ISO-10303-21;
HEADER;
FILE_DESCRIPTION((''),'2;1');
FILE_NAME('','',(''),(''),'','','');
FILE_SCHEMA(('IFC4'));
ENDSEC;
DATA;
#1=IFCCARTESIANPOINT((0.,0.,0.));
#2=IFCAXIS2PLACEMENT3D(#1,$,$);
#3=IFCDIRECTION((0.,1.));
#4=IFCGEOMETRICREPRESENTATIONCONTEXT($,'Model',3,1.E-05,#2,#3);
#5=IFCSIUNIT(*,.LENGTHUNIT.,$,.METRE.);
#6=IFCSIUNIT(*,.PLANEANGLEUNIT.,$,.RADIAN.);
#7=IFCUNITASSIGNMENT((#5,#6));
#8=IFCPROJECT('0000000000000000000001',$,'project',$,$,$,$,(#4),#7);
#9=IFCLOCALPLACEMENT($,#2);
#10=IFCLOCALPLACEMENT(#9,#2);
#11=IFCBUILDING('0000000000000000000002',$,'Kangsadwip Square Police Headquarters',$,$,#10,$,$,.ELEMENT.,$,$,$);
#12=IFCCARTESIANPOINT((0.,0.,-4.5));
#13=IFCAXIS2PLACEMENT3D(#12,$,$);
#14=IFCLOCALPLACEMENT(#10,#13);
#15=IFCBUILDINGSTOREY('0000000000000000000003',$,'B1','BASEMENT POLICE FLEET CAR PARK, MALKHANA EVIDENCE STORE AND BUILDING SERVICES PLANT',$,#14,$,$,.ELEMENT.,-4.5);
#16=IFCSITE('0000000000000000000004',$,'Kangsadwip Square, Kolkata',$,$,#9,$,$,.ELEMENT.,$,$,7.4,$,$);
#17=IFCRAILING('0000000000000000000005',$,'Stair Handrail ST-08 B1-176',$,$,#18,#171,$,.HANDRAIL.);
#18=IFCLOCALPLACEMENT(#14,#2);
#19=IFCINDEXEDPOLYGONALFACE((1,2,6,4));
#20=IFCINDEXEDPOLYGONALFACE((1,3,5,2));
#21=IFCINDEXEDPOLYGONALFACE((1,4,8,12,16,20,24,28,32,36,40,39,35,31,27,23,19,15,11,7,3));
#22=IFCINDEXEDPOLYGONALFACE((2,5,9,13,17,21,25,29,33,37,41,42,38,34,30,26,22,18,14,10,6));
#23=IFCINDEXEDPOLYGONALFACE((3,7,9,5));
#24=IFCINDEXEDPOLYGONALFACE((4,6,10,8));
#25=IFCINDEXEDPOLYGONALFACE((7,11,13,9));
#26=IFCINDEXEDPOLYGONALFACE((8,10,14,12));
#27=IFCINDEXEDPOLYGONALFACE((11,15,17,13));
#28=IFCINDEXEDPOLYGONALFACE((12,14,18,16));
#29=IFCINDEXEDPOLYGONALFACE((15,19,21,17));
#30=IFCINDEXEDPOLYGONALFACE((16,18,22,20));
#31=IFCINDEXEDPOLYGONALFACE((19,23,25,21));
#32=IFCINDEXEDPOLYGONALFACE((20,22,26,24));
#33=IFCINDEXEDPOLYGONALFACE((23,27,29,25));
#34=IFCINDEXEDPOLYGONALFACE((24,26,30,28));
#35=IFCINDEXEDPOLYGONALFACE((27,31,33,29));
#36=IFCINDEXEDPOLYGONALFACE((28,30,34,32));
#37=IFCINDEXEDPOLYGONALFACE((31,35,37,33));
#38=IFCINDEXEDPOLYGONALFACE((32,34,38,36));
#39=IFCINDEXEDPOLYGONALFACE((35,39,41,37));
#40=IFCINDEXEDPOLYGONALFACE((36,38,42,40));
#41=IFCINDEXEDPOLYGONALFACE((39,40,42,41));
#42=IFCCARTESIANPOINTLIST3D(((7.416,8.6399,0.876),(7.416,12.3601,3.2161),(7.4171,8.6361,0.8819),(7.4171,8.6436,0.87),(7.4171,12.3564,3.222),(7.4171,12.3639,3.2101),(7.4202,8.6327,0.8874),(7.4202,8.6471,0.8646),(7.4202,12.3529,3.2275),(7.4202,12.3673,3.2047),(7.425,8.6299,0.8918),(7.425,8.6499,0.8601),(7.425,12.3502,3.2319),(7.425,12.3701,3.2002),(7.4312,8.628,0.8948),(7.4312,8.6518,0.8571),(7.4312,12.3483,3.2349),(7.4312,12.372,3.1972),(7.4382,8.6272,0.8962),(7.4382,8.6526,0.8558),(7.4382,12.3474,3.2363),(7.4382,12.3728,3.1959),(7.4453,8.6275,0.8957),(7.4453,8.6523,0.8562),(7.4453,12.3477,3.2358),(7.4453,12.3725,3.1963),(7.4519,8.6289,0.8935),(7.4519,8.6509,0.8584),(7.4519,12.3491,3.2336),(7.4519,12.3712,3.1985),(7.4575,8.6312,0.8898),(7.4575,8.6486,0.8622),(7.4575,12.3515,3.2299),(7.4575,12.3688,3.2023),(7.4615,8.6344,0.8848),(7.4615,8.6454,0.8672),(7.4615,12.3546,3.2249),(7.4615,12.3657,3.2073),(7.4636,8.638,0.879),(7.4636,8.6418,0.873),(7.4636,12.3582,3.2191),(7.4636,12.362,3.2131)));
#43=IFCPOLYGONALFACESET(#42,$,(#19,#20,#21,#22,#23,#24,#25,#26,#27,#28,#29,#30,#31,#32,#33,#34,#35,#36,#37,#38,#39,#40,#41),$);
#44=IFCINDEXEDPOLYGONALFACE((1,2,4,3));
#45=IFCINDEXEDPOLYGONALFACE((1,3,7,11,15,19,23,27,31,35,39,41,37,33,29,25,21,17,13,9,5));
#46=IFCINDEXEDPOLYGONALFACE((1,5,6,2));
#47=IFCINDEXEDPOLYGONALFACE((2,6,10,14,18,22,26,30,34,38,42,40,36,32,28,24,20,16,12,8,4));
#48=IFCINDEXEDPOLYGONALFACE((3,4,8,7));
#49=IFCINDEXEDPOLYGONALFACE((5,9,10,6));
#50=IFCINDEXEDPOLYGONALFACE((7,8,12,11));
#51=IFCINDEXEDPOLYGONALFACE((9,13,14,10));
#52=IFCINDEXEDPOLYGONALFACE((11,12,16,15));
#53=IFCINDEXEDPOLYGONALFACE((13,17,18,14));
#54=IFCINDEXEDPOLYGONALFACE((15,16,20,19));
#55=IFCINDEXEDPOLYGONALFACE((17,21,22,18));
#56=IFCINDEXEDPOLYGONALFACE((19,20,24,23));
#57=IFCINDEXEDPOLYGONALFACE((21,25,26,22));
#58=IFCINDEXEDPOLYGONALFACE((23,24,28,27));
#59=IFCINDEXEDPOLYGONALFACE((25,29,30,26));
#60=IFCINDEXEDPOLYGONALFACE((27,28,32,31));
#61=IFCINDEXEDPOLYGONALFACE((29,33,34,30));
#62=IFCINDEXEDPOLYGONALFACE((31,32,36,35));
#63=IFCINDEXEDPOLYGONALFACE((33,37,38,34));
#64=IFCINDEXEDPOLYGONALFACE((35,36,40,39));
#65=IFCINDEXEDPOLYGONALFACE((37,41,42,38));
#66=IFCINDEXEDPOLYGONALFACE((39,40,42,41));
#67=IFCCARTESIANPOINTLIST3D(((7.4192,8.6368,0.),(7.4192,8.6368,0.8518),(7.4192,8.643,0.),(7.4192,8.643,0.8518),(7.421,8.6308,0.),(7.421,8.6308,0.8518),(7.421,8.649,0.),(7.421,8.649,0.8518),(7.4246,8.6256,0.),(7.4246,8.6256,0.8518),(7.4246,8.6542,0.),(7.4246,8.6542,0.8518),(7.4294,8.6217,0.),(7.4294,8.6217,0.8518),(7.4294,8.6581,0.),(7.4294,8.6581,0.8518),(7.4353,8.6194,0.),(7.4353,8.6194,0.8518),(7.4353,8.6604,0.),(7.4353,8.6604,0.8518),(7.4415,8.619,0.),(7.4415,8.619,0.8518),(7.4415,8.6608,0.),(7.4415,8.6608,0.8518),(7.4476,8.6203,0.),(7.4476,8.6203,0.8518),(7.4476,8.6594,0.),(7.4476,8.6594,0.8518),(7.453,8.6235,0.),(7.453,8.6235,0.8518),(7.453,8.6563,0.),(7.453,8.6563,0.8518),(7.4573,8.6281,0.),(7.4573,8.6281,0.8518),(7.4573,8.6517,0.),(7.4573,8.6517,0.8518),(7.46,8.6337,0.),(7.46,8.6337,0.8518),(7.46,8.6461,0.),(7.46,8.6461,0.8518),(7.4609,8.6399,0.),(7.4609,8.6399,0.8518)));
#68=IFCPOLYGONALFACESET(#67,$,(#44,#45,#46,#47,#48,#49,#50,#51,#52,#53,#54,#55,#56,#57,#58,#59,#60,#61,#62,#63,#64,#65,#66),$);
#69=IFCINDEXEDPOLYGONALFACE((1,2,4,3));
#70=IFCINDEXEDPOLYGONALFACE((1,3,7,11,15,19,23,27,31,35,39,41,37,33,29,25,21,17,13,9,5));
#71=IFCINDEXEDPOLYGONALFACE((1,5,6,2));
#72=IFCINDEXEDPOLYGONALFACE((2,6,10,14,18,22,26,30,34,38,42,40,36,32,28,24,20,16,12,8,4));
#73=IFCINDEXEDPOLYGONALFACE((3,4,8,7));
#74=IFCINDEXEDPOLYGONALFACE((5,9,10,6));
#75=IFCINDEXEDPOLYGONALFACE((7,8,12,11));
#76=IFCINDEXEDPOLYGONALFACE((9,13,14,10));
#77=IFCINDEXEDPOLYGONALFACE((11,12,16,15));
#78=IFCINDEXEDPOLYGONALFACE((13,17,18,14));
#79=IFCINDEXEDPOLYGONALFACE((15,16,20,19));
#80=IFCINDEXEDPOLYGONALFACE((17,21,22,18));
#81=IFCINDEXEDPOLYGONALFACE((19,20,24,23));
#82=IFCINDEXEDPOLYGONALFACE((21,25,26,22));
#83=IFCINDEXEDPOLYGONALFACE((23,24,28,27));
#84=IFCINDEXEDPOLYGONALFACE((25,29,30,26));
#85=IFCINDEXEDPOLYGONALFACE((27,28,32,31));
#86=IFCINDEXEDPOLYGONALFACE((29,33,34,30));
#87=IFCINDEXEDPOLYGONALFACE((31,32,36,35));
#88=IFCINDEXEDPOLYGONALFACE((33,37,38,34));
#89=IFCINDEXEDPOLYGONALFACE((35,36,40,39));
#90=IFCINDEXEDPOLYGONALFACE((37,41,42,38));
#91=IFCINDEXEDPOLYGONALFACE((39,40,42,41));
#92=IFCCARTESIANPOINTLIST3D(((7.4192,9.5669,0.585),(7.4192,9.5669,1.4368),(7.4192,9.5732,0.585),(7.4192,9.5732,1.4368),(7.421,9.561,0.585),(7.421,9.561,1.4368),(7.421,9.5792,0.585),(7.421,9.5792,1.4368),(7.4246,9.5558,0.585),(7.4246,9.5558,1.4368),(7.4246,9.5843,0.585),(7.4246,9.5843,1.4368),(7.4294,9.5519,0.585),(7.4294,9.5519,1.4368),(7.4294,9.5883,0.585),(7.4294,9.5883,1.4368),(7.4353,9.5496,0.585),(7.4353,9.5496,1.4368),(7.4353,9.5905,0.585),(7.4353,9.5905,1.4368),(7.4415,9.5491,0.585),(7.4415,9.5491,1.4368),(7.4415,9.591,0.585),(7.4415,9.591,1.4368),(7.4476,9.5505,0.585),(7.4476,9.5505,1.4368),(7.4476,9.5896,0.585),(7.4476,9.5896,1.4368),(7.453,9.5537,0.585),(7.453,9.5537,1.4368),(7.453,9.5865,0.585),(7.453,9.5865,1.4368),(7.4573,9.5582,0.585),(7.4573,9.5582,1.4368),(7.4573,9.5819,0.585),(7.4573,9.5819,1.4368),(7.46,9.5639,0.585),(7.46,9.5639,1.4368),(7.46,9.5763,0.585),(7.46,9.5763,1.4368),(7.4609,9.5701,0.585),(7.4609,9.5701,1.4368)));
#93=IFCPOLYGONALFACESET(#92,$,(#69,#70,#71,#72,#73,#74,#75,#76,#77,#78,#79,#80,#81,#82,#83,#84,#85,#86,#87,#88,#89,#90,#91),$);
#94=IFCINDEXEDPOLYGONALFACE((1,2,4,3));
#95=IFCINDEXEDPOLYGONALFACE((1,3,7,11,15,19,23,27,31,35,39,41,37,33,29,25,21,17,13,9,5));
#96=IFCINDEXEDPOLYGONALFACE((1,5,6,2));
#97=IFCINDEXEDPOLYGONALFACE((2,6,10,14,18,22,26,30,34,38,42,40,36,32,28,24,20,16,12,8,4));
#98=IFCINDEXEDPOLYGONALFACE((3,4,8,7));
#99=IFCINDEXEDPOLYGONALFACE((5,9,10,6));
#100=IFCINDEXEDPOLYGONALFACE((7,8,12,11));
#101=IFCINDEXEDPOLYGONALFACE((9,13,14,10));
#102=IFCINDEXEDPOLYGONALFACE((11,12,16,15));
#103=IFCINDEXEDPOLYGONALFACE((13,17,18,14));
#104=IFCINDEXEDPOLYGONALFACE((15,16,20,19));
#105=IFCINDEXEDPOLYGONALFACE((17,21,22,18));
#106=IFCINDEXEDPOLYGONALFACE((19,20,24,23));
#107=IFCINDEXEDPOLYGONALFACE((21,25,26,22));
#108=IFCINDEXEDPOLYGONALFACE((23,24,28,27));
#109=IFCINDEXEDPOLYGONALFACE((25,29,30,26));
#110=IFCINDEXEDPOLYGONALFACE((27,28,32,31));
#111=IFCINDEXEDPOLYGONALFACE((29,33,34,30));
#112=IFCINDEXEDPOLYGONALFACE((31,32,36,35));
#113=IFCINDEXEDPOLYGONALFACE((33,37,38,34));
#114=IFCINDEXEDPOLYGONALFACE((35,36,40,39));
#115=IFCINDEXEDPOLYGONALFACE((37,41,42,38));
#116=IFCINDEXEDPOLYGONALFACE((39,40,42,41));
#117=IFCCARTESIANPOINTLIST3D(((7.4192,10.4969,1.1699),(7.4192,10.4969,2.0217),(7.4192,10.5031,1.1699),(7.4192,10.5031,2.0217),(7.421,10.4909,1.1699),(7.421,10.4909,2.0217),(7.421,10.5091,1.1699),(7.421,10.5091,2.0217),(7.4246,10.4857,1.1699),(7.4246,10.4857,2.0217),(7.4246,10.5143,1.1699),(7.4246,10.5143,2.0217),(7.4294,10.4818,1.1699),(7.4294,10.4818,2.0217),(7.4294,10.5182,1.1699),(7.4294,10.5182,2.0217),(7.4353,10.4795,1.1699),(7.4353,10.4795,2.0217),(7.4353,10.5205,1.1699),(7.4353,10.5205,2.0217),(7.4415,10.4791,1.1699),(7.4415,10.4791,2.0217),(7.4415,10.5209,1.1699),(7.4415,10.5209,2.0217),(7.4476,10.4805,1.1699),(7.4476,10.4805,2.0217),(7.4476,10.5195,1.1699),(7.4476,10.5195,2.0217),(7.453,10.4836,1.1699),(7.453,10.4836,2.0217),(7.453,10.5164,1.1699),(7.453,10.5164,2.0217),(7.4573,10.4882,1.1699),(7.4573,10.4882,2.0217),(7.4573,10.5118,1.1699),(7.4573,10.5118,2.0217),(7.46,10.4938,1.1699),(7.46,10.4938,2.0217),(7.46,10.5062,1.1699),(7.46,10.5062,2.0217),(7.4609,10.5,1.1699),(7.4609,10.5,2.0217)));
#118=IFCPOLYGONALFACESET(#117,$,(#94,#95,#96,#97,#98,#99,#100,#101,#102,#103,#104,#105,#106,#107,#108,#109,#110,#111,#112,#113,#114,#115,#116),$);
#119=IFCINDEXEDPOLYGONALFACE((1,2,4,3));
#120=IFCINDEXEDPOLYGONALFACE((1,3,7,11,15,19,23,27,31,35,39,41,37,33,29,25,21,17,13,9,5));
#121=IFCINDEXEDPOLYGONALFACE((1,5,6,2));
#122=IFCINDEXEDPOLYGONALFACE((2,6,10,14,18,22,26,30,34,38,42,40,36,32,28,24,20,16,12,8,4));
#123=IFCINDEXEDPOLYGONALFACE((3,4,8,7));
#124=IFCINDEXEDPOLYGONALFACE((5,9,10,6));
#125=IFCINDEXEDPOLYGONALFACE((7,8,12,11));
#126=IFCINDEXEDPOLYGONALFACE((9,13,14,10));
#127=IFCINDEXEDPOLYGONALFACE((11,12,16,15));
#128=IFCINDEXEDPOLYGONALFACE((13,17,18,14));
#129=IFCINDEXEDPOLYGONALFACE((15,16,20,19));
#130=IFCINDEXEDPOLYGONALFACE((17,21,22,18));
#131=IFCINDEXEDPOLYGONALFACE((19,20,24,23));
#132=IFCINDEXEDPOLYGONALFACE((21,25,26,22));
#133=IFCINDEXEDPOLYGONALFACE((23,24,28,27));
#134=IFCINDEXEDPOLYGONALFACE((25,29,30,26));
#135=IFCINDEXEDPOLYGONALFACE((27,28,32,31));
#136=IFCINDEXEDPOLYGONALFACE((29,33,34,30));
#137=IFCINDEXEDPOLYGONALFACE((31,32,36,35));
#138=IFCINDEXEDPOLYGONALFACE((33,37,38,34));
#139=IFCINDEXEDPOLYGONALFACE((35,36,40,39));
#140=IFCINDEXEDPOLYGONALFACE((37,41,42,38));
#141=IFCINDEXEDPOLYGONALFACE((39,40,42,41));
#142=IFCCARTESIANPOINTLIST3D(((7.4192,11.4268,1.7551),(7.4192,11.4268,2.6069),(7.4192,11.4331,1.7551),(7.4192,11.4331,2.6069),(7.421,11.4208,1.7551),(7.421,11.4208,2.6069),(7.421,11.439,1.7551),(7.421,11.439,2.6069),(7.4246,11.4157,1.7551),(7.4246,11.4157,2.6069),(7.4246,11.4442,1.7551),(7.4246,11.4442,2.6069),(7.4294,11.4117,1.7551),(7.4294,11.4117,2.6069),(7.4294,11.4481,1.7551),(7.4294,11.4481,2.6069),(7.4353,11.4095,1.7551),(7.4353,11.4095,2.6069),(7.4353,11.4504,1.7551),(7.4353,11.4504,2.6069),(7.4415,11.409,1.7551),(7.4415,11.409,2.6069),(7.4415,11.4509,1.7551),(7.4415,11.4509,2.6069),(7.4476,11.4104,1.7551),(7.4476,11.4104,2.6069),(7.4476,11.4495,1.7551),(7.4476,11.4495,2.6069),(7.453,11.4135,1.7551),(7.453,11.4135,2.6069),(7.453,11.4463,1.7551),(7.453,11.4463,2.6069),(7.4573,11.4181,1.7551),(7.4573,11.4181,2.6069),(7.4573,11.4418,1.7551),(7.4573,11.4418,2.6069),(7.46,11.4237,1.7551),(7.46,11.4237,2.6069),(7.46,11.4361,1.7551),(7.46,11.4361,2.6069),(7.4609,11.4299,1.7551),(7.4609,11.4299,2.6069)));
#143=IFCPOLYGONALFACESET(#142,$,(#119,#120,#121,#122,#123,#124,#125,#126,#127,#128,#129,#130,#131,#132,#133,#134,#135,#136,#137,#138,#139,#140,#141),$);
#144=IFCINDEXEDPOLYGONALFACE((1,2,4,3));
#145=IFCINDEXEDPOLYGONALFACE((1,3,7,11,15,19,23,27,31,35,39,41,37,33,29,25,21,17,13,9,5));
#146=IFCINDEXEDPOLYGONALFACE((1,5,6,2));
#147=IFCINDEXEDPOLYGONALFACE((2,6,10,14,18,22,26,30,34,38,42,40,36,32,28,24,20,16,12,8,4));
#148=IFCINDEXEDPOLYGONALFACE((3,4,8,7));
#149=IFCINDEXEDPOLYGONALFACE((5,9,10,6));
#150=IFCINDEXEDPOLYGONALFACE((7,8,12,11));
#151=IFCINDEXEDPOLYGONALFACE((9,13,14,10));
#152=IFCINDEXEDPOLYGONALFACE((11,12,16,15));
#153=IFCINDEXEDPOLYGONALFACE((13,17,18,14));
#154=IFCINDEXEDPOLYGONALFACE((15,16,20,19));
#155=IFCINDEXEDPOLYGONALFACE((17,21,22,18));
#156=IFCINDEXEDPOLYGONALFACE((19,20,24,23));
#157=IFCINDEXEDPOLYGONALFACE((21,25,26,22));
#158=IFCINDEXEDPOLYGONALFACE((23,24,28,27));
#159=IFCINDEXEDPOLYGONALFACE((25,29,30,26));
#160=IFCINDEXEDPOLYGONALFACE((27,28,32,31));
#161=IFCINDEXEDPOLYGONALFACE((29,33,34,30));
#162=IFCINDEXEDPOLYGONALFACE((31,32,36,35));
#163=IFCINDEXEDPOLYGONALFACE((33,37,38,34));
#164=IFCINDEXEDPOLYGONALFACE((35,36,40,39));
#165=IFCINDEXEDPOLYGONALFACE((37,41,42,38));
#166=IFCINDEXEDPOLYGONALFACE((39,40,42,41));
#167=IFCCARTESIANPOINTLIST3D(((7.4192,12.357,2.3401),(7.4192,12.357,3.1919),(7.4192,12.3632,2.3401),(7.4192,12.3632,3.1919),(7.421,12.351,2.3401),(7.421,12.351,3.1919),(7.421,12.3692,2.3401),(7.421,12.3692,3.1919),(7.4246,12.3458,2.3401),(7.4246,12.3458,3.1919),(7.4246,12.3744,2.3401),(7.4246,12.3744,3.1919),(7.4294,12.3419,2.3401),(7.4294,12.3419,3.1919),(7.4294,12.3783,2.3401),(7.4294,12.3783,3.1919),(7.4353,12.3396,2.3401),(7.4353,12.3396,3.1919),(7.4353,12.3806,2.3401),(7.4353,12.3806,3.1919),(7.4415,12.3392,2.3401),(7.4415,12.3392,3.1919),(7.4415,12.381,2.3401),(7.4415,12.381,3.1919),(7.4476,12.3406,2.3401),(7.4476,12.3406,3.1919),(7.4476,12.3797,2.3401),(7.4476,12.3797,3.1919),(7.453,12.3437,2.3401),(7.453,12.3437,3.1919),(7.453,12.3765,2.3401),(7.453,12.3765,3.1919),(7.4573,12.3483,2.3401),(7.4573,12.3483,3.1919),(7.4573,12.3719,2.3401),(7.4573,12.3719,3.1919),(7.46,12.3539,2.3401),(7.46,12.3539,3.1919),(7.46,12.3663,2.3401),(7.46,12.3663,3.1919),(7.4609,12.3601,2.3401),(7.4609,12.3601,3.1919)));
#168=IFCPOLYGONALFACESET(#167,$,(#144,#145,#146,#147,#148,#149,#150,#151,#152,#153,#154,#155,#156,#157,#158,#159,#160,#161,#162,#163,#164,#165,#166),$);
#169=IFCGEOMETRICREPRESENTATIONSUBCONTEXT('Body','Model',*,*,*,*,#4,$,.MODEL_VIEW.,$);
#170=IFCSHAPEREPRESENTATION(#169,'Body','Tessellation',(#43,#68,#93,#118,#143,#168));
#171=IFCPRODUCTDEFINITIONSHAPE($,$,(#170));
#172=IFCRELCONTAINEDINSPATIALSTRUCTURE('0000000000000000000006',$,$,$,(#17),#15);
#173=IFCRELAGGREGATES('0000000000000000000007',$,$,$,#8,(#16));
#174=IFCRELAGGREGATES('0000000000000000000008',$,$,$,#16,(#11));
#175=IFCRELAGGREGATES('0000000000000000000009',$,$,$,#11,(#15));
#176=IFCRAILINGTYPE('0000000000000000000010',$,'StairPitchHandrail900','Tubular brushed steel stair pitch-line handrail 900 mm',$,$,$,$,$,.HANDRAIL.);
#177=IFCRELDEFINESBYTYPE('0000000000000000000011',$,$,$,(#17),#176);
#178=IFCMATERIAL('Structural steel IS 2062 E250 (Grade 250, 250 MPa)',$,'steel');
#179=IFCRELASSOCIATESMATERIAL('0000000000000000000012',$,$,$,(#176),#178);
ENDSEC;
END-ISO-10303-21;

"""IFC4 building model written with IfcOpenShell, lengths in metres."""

from ifc_helpers import new_model, si_unit, direction, frame, origin, origin_2d, place, context, subcontext, project, spatial, circle, extrude, material, type_object, element, save


model = new_model("IFC4")

# Units and contexts
model_context = context("Model", 3, precision=1e-05, world=origin(), true_north=direction((0.0, 1.0)))
body_context = subcontext(model_context, "Body", "Model", "MODEL_VIEW")
ifc_project = project(units=[si_unit("LENGTHUNIT", "METRE"), si_unit("PLANEANGLEUNIT", "RADIAN")], contexts=[model_context])

# Site, building, storey
site_placement = place(None, origin())
site = spatial("IfcSite", under=ifc_project, at=site_placement, Name="Kangsadwip Square, Kolkata", CompositionType="ELEMENT", RefElevation=7.4)
building_placement = place(site_placement, origin())
building = spatial("IfcBuilding", under=site, at=building_placement, Name="Kangsadwip Square Police Headquarters", CompositionType="ELEMENT")
storey_placement = place(building_placement, frame((0.0, 0.0, -4.5)))
storey = spatial("IfcBuildingStorey", under=building, at=storey_placement, Name="B1", Description="BASEMENT POLICE FLEET CAR PARK, MALKHANA EVIDENCE STORE AND BUILDING SERVICES PLANT", CompositionType="ELEMENT", Elevation=-4.5)

# Railing
ifc_material_1 = material(Name="Structural steel IS 2062 E250 (Grade 250, 250 MPa)", Category="steel")
railing_type_1 = type_object("IfcRailingType", Name="StairPitchHandrail900", Description="Tubular brushed steel stair pitch-line handrail 900 mm", PredefinedType="HANDRAIL", material=ifc_material_1)
railing_1_placement = place(storey_placement, frame((7.4399, 8.6399, 0.0)))
element("IfcRailing", 1, at=railing_1_placement, inside=storey, type_object=railing_type_1, Name="Stair Handrail ST-08 B1-176", PredefinedType="HANDRAIL", context=body_context, shape_type="SweptSolid", body=[
    extrude(circle(Radius=0.0239, at=origin_2d()), frame((0.0, 0.0, 0.876), z_axis=(0.0, 0.846466, 0.532443), x_axis=(-1.0, 0.0, 0.0)), (0.0, 0.0, 1.0), 4.395),
    extrude(circle(Radius=0.021, at=origin_2d()), origin(), (0.0, 0.0, 1.0), 0.8518),
    extrude(circle(Radius=0.021, at=origin_2d()), frame((0.0, 0.9302, 0.585)), (0.0, 0.0, 1.0), 0.8518),
    extrude(circle(Radius=0.021, at=origin_2d()), frame((0.0, 1.8601, 1.1699)), (0.0, 0.0, 1.0), 0.8518),
    extrude(circle(Radius=0.021, at=origin_2d()), frame((0.0, 2.79, 1.7551)), (0.0, 0.0, 1.0), 0.8518),
    extrude(circle(Radius=0.021, at=origin_2d()), frame((0.0, 3.7202, 2.3401)), (0.0, 0.0, 1.0), 0.8518),
])

save(model, "model.ifc")
